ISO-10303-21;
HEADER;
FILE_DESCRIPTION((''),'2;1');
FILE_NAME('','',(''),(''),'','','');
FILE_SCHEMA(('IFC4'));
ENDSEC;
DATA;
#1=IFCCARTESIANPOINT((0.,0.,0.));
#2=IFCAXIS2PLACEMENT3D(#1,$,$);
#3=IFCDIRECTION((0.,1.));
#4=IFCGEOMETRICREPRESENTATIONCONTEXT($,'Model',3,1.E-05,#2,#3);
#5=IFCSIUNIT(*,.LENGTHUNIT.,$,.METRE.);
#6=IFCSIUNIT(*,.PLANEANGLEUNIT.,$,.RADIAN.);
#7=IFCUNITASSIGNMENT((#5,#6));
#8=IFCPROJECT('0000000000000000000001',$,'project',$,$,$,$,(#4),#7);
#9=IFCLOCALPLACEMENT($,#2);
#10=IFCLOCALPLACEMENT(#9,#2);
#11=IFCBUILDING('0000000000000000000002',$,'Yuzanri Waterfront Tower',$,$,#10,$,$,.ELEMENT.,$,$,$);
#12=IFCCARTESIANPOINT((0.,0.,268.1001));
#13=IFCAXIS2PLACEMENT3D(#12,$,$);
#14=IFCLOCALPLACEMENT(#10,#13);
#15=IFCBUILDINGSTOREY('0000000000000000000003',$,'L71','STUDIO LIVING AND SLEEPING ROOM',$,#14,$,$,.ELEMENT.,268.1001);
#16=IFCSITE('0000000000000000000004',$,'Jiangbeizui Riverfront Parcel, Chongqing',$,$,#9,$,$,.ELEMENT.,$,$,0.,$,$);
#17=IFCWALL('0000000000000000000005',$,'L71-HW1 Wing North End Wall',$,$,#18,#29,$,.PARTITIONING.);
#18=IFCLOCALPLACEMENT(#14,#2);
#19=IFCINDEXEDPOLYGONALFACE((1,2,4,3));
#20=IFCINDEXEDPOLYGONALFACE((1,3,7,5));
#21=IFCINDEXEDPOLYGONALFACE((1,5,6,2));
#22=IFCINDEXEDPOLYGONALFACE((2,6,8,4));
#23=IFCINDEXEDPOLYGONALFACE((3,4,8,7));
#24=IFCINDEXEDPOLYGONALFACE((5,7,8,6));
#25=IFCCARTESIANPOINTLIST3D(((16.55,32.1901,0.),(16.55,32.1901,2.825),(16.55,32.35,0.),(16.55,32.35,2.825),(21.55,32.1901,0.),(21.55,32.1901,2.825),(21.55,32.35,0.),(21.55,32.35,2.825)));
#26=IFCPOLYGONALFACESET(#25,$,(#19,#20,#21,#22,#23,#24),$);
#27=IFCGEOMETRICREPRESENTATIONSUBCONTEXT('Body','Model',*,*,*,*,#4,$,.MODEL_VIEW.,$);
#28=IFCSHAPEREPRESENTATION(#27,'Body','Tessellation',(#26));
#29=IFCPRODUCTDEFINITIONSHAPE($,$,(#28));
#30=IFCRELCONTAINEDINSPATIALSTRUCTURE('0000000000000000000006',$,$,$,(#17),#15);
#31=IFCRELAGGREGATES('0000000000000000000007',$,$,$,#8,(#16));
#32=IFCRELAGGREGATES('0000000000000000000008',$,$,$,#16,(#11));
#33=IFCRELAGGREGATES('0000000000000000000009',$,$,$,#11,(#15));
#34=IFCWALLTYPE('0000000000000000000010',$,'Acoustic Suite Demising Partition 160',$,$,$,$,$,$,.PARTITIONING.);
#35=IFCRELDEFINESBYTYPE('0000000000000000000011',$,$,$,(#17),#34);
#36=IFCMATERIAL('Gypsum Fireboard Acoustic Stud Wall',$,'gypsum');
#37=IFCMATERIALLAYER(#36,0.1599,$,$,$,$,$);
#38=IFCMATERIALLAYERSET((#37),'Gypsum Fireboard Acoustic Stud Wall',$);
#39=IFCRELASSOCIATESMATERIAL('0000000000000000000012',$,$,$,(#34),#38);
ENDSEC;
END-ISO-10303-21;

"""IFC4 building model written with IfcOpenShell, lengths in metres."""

from ifc_helpers import new_model, si_unit, direction, frame, frame_2d, origin, place, context, subcontext, project, spatial, rectangle, extrude, source, transform, mapped, material, layer, layer_set, type_object, element, save


model = new_model("IFC4")

# Units and contexts
model_context = context("Model", 3, precision=1e-05, world=origin(), true_north=direction((0.0, 1.0)))
body_context = subcontext(model_context, "Body", "Model", "MODEL_VIEW")
ifc_project = project(units=[si_unit("LENGTHUNIT", "METRE"), si_unit("PLANEANGLEUNIT", "RADIAN")], contexts=[model_context])

# Site, building, storey
site_placement = place(None, origin())
site = spatial("IfcSite", under=ifc_project, at=site_placement, Name="Jiangbeizui Riverfront Parcel, Chongqing", CompositionType="ELEMENT", RefElevation=0.0)
building_placement = place(site_placement, origin())
building = spatial("IfcBuilding", under=site, at=building_placement, Name="Yuzanri Waterfront Tower", CompositionType="ELEMENT")
storey_placement = place(building_placement, frame((0.0, 0.0, 268.1001)))
storey = spatial("IfcBuildingStorey", under=building, at=storey_placement, Name="L71", Description="STUDIO LIVING AND SLEEPING ROOM", CompositionType="ELEMENT", Elevation=268.1001)

# Wall
ifc_material_1 = material(Name="Gypsum Fireboard Acoustic Stud Wall", Category="gypsum")
ifc_layer_1 = layer(ifc_material_1, 0.1599)
ifc_layer_set_1 = layer_set([ifc_layer_1], Name="Gypsum Fireboard Acoustic Stud Wall")
wall_type_1 = type_object("IfcWallType", Name="Acoustic Suite Demising Partition 160", PredefinedType="PARTITIONING", material=ifc_layer_set_1)
shared_shape_1 = source(origin(), body_context, "Body", "SweptSolid", [
    extrude(rectangle(XDim=5.0, YDim=0.1599, at=frame_2d((2.5, 0.0))), origin(), (0.0, 0.0, 1.0), 2.825),
])
wall_1_placement = place(storey_placement, frame((16.55, 32.27, 0.0), z_axis=(0.0, 0.0, 1.0), x_axis=(1.0, 0.0, 0.0)))
element("IfcWall", 1, at=wall_1_placement, inside=storey, type_object=wall_type_1, Name="L71-HW1 Wing North End Wall", PredefinedType="PARTITIONING", context=body_context, shape_type="MappedRepresentation", body=[
    mapped(shared_shape_1, transform((0.0, 0.0, 0.0), scale=1.0)),
])

save(model, "model.ifc")
